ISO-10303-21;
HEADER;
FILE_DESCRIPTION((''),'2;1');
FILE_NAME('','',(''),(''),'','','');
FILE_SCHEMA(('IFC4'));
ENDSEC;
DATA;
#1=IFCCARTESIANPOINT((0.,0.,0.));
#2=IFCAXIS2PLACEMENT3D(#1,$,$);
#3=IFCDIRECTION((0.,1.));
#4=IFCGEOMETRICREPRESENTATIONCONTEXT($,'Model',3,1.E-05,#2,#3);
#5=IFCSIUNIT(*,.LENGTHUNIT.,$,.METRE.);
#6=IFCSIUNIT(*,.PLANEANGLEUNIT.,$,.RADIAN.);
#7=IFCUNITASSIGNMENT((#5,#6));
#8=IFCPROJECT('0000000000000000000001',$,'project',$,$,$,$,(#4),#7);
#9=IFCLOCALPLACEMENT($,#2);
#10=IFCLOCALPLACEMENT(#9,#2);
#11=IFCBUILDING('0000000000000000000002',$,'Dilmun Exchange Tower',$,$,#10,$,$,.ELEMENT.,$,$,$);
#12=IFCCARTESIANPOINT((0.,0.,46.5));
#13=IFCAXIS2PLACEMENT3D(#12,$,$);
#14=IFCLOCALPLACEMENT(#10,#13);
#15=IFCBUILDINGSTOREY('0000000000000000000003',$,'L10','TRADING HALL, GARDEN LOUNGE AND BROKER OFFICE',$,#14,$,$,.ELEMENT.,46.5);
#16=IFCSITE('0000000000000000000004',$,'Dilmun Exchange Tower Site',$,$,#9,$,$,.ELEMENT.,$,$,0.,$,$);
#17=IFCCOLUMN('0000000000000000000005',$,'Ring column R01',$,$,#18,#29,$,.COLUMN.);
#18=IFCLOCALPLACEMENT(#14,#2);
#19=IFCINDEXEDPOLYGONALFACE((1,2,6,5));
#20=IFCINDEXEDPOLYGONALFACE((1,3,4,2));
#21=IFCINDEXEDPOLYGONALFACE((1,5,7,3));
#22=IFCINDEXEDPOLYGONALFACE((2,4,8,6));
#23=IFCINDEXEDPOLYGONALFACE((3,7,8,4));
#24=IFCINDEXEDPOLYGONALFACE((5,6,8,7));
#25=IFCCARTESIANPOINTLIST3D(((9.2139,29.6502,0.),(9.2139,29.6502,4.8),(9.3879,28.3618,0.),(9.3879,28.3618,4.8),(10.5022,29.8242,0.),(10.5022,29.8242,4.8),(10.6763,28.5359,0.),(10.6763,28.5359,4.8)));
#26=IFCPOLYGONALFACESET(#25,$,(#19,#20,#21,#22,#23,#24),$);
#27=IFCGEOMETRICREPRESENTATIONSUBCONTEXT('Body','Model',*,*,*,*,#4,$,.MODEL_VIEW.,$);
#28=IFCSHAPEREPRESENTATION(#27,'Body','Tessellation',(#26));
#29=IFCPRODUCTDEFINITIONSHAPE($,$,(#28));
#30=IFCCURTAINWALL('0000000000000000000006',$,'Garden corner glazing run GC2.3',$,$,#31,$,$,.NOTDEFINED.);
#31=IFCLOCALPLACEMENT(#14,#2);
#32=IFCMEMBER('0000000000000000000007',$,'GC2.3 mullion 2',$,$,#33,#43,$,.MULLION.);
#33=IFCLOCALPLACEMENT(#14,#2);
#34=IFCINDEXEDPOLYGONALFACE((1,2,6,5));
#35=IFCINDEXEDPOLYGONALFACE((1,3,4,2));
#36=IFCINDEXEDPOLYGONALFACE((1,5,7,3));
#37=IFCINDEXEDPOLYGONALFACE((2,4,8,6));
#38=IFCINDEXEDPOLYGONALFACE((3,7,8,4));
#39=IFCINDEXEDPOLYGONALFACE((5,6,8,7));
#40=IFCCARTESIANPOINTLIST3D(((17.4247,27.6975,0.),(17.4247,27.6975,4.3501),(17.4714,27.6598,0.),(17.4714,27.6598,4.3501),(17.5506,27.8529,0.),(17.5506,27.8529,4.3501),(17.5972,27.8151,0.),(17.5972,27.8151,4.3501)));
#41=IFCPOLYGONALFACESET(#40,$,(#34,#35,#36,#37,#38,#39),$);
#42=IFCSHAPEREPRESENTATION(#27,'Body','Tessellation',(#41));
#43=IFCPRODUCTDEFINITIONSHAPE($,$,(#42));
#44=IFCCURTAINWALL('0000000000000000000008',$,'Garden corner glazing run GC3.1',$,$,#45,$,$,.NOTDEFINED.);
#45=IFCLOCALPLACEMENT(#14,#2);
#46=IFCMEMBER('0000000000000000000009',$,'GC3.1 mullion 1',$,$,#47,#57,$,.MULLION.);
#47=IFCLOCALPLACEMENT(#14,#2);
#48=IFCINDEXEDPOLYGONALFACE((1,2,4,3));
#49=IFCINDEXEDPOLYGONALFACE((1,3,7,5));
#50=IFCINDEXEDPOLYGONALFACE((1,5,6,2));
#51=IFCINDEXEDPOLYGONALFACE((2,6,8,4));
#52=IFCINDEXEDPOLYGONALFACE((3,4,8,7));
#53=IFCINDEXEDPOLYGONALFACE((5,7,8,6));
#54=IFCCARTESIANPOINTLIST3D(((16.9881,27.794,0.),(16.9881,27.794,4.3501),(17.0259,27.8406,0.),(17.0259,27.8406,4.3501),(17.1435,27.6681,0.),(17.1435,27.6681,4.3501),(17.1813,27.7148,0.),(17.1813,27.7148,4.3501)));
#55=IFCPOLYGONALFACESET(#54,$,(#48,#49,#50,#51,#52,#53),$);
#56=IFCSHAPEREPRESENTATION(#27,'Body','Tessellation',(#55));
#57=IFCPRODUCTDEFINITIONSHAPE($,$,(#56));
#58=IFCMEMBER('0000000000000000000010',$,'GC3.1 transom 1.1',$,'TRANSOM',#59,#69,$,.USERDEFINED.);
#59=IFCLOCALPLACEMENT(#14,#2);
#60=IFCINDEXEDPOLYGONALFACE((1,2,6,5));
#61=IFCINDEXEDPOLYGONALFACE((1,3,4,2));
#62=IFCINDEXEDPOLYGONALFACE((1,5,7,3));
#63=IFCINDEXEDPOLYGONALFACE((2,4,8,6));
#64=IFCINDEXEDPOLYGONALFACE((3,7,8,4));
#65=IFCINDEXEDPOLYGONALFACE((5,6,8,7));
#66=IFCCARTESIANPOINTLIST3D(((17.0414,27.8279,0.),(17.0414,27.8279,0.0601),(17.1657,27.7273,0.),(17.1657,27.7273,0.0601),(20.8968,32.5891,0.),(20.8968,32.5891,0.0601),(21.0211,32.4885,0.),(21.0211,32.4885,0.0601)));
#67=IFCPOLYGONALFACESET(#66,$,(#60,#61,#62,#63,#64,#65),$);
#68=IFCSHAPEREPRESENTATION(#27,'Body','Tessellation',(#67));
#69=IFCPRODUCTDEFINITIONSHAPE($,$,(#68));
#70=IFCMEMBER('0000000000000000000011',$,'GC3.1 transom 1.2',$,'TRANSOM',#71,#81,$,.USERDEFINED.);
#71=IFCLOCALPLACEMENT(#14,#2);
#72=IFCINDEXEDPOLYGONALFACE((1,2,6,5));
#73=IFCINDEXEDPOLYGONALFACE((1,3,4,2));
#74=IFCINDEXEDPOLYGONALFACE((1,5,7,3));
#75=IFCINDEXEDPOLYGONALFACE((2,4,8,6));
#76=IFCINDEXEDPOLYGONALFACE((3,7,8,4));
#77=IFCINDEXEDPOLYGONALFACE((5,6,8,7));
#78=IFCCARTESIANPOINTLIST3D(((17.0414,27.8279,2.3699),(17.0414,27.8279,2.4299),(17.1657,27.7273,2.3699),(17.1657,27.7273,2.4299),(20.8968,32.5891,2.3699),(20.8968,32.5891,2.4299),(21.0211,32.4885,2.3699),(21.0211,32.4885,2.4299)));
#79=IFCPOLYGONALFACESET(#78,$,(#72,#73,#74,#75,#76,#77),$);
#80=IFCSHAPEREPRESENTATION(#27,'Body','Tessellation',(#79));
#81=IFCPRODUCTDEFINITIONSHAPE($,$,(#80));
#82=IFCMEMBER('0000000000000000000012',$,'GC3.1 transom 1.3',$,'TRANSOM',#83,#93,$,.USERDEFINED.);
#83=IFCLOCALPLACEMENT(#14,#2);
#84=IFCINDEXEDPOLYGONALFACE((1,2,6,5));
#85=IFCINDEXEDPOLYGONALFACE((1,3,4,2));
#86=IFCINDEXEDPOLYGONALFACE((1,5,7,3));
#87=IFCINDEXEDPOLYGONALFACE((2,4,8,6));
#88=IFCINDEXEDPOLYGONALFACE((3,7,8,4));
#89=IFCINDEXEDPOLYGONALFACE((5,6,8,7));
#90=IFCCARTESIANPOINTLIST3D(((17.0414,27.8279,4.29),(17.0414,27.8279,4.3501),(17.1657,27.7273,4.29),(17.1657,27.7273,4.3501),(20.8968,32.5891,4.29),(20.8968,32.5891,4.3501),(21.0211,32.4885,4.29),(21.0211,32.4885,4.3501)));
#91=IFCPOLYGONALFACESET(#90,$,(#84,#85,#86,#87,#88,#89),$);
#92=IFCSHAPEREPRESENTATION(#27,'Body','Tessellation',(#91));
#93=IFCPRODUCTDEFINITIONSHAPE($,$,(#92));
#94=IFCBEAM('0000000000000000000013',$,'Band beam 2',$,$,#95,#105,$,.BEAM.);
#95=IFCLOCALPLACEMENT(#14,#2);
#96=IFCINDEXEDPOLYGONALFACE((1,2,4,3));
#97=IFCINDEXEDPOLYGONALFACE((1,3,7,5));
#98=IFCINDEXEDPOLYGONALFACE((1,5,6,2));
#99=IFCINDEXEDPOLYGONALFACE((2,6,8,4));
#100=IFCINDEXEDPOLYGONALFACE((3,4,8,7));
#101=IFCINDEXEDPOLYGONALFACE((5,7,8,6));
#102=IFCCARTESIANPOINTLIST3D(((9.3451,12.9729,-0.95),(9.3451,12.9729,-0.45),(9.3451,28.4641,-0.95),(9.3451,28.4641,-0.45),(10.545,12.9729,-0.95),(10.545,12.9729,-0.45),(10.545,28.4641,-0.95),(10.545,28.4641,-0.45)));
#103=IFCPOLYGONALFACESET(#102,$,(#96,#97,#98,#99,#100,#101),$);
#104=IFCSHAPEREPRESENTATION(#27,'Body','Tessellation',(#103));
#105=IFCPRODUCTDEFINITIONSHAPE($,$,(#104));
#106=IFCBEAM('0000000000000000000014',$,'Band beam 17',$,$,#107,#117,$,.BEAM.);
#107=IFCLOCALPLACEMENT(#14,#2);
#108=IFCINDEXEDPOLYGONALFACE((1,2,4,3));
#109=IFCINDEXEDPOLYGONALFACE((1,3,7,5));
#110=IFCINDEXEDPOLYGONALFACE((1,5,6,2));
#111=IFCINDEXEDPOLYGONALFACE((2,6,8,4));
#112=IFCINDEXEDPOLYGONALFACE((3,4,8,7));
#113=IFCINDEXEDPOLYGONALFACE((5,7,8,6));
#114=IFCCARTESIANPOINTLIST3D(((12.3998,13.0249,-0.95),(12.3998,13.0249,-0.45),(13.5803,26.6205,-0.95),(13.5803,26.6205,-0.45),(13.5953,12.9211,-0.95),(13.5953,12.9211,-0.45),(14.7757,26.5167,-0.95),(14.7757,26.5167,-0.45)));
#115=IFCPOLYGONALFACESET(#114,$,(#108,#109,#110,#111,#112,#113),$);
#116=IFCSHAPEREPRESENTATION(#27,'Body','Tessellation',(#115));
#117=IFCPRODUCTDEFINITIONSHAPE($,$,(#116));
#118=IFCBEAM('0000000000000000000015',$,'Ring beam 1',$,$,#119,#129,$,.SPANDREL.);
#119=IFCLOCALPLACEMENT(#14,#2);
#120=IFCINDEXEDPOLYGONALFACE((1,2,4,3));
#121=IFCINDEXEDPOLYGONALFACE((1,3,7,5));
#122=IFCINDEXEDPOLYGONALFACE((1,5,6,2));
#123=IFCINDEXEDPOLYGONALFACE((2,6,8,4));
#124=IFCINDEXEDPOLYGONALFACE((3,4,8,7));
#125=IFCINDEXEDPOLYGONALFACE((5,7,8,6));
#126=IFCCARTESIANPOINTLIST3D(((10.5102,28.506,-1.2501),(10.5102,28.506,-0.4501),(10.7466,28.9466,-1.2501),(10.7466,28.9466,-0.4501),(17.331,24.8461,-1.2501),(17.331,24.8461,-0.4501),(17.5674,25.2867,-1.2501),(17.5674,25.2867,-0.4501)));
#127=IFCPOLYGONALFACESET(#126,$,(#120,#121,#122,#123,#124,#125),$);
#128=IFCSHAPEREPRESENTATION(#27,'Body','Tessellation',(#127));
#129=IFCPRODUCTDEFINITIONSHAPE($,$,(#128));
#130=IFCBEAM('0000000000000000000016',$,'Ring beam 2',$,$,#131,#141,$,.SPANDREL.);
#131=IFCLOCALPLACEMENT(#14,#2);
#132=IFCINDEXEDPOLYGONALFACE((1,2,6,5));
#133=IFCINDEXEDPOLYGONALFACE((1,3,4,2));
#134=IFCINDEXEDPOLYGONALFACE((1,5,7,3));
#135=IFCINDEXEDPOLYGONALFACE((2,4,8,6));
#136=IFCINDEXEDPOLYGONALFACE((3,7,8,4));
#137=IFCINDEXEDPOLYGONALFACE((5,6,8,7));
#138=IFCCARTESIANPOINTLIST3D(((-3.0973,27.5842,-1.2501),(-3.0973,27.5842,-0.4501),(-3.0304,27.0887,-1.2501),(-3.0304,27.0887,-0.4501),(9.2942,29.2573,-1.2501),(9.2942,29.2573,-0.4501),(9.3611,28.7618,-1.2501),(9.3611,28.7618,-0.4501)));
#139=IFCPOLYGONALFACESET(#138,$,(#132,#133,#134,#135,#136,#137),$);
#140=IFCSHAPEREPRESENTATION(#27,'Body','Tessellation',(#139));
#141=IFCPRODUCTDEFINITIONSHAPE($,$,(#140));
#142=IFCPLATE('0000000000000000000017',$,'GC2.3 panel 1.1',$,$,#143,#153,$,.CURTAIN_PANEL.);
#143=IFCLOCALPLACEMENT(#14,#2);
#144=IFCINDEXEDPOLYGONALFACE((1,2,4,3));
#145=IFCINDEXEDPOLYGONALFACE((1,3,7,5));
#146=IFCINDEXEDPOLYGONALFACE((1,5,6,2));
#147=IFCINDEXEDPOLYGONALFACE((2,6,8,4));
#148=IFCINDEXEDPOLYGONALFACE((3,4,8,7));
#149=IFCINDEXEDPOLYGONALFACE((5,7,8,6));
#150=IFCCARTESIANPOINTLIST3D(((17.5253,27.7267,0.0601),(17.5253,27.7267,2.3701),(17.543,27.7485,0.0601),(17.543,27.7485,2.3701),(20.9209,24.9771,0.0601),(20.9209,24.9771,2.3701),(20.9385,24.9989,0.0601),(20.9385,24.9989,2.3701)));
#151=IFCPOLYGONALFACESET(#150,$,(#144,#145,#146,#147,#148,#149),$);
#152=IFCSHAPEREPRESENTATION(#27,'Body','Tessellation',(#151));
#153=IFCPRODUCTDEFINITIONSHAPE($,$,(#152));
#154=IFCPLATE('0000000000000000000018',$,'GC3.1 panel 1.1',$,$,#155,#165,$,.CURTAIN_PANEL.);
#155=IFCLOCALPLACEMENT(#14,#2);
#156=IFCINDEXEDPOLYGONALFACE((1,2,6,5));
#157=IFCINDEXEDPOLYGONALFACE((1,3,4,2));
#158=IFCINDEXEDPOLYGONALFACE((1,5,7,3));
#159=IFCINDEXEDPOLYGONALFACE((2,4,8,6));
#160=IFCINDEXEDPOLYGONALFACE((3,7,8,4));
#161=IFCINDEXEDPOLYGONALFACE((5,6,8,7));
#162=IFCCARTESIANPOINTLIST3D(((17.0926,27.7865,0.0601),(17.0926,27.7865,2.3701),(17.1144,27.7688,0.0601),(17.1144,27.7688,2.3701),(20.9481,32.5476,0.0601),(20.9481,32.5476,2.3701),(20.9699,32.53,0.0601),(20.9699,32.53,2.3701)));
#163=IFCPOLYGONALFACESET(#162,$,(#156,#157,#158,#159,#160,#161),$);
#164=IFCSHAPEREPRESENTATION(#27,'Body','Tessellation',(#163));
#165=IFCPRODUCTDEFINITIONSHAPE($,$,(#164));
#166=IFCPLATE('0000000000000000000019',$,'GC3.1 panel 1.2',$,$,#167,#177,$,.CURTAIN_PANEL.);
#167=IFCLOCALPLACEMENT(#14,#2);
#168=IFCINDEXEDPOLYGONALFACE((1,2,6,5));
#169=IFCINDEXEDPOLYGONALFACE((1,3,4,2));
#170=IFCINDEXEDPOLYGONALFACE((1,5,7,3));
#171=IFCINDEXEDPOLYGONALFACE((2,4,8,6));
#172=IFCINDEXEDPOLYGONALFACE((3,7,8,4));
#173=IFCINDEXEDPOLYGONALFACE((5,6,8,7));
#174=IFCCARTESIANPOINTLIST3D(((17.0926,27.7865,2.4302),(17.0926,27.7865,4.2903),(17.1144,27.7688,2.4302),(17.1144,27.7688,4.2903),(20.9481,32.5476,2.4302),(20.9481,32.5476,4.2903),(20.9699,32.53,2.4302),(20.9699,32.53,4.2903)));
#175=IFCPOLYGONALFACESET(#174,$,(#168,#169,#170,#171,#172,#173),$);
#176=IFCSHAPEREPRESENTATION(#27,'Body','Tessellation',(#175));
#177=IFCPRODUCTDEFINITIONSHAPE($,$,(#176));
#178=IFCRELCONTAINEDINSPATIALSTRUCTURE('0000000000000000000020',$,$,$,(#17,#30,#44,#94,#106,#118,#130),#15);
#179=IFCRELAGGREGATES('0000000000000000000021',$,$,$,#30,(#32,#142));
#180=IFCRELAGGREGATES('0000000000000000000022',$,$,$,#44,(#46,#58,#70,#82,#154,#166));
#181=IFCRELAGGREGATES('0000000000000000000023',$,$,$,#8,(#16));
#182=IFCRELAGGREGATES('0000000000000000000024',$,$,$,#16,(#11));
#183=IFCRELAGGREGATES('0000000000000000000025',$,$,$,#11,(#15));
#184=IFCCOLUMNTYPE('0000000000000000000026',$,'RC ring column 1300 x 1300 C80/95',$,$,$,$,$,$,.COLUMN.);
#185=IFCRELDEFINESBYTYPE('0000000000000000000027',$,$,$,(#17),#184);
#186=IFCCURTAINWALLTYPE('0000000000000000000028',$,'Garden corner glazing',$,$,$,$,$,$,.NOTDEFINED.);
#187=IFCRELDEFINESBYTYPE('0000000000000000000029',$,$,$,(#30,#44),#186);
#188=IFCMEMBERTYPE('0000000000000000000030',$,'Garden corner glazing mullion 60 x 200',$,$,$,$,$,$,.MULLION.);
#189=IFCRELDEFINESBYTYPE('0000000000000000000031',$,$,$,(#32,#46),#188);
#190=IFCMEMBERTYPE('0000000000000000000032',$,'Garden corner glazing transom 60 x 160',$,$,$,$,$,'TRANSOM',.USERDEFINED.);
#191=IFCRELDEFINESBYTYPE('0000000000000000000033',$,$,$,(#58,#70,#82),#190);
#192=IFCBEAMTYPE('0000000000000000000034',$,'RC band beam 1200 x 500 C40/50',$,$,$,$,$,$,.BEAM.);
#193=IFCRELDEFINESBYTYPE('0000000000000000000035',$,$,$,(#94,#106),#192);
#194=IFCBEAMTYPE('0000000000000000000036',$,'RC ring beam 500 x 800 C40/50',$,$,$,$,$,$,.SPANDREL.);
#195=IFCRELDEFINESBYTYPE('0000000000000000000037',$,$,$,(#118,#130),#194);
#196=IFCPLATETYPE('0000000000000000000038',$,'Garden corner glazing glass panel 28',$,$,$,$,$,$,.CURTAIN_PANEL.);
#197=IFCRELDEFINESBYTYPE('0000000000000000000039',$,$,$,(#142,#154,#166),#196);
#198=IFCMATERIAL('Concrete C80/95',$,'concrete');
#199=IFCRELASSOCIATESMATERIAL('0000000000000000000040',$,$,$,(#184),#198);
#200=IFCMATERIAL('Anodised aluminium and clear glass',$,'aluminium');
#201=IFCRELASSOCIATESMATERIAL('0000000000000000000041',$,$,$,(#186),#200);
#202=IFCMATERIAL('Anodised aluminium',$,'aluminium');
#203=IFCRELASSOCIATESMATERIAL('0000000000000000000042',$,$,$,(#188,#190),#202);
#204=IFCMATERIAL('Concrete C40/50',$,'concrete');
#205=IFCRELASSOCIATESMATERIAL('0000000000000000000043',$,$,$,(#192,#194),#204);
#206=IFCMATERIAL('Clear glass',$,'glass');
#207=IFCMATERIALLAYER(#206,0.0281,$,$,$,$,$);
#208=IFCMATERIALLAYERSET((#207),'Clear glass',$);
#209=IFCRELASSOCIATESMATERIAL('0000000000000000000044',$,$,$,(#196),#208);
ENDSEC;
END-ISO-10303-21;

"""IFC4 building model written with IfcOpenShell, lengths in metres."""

from ifc_helpers import new_model, si_unit, direction, frame, origin, origin_2d, place, context, subcontext, project, spatial, rectangle, extrude, material, layer, layer_set, material_profile, profile_set, type_object, element, aggregate, save


model = new_model("IFC4")

# Units and contexts
model_context = context("Model", 3, precision=1e-05, world=origin(), true_north=direction((0.0, 1.0)))
body_context = subcontext(model_context, "Body", "Model", "MODEL_VIEW")
ifc_project = project(units=[si_unit("LENGTHUNIT", "METRE"), si_unit("PLANEANGLEUNIT", "RADIAN")], contexts=[model_context])

# Site, building, storey
site_placement = place(None, origin())
site = spatial("IfcSite", under=ifc_project, at=site_placement, Name="Dilmun Exchange Tower Site", CompositionType="ELEMENT", RefElevation=0.0)
building_placement = place(site_placement, origin())
building = spatial("IfcBuilding", under=site, at=building_placement, Name="Dilmun Exchange Tower", CompositionType="ELEMENT")
storey_placement = place(building_placement, frame((0.0, 0.0, 46.5)))
storey = spatial("IfcBuildingStorey", under=building, at=storey_placement, Name="L10", Description="TRADING HALL, GARDEN LOUNGE AND BROKER OFFICE", CompositionType="ELEMENT", Elevation=46.5)

# Column
ifc_material_1 = material(Name="Concrete C80/95", Category="concrete")
ifc_material_profile_1 = material_profile(ifc_material_1, rectangle(XDim=1.3, YDim=1.3, at=origin_2d()), Name="1300 x 1300")
ifc_profile_set_1 = profile_set([ifc_material_profile_1], Name="Concrete C80/95")
column_type = type_object("IfcColumnType", Name="RC ring column 1300 x 1300 C80/95", PredefinedType="COLUMN", material=ifc_profile_set_1)
column_placement = place(storey_placement, frame((9.9451, 29.093, 0.0), z_axis=(0.0, 0.0, 1.0), x_axis=(0.991001, 0.133853, 0.0)))
element("IfcColumn", 1, at=column_placement, inside=storey, type_object=column_type, Name="Ring column R01", PredefinedType="COLUMN", context=body_context, shape_type="SweptSolid", body=[
    extrude(rectangle(XDim=1.3, YDim=1.3, at=origin_2d()), origin(), (0.0, 0.0, 1.0), 4.8),
])

# Curtain wall, member
ifc_material_2 = material(Name="Anodised aluminium and clear glass", Category="aluminium")
curtain_wall_type = type_object("IfcCurtainWallType", Name="Garden corner glazing", PredefinedType="NOTDEFINED", material=ifc_material_2)
curtain_wall_1_placement = place(storey_placement, origin())
curtain_wall_1 = element("IfcCurtainWall", 2, at=curtain_wall_1_placement, inside=storey, type_object=curtain_wall_type, Name="Garden corner glazing run GC2.3", PredefinedType="NOTDEFINED")
ifc_material_3 = material(Name="Anodised aluminium", Category="aluminium")
ifc_material_profile_2 = material_profile(ifc_material_3, rectangle(XDim=0.2, YDim=0.0601, at=origin_2d()), Name="AL 60x200")
ifc_profile_set_2 = profile_set([ifc_material_profile_2], Name="Anodised aluminium")
member_type_1 = type_object("IfcMemberType", Name="Garden corner glazing mullion 60 x 200", PredefinedType="MULLION", material=ifc_profile_set_2)
member_1_placement = place(storey_placement, frame((17.511, 27.7563, 0.0), z_axis=(0.0, 0.0, 1.0), x_axis=(-0.629308, -0.777156, 0.0)))
member_1 = element("IfcMember", 3, at=member_1_placement, type_object=member_type_1, Name="GC2.3 mullion 2", PredefinedType="MULLION", context=body_context, shape_type="SweptSolid", body=[
    extrude(rectangle(XDim=0.2, YDim=0.0601, at=origin_2d()), origin(), (0.0, 0.0, 1.0), 4.3501),
])

# Curtain wall, members
curtain_wall_2_placement = place(storey_placement, origin())
curtain_wall_2 = element("IfcCurtainWall", 4, at=curtain_wall_2_placement, inside=storey, type_object=curtain_wall_type, Name="Garden corner glazing run GC3.1", PredefinedType="NOTDEFINED")
member_2_placement = place(storey_placement, frame((17.0847, 27.7544, 0.0), z_axis=(0.0, 0.0, 1.0), x_axis=(-0.777147, 0.629319, 0.0)))
member_2 = element("IfcMember", 5, at=member_2_placement, type_object=member_type_1, Name="GC3.1 mullion 1", PredefinedType="MULLION", context=body_context, shape_type="SweptSolid", body=[
    extrude(rectangle(XDim=0.2, YDim=0.0601, at=origin_2d()), origin(), (0.0, 0.0, 1.0), 4.3501),
])
ifc_material_profile_3 = material_profile(ifc_material_3, rectangle(XDim=0.1599, YDim=0.0601, at=origin_2d()), Name="AL 60x160")
ifc_profile_set_3 = profile_set([ifc_material_profile_3], Name="Anodised aluminium")
member_type_2 = type_object("IfcMemberType", Name="Garden corner glazing transom 60 x 160", ElementType="TRANSOM", PredefinedType="USERDEFINED", material=ifc_profile_set_3)
member_3_placement = place(storey_placement, frame((17.1035, 27.7776, 0.03), z_axis=(0.629311, 0.777154, 0.0), x_axis=(-0.777154, 0.629311, 0.0)))
member_3 = element("IfcMember", 6, at=member_3_placement, type_object=member_type_2, Name="GC3.1 transom 1.1", ObjectType="TRANSOM", PredefinedType="USERDEFINED", context=body_context, shape_type="SweptSolid", body=[
    extrude(rectangle(XDim=0.1599, YDim=0.0601, at=origin_2d()), origin(), (0.0, 0.0, 1.0), 6.1265),
])
member_4_placement = place(storey_placement, frame((17.1035, 27.7776, 2.3999), z_axis=(0.629311, 0.777154, 0.0), x_axis=(-0.777154, 0.629311, 0.0)))
member_4 = element("IfcMember", 7, at=member_4_placement, type_object=member_type_2, Name="GC3.1 transom 1.2", ObjectType="TRANSOM", PredefinedType="USERDEFINED", context=body_context, shape_type="SweptSolid", body=[
    extrude(rectangle(XDim=0.1599, YDim=0.0601, at=origin_2d()), origin(), (0.0, 0.0, 1.0), 6.1265),
])
member_5_placement = place(storey_placement, frame((17.1035, 27.7776, 4.3201), z_axis=(0.629311, 0.777154, 0.0), x_axis=(-0.777154, 0.629311, 0.0)))
member_5 = element("IfcMember", 8, at=member_5_placement, type_object=member_type_2, Name="GC3.1 transom 1.3", ObjectType="TRANSOM", PredefinedType="USERDEFINED", context=body_context, shape_type="SweptSolid", body=[
    extrude(rectangle(XDim=0.1599, YDim=0.0601, at=origin_2d()), origin(), (0.0, 0.0, 1.0), 6.1265),
])

# Beams
ifc_material_4 = material(Name="Concrete C40/50", Category="concrete")
ifc_material_profile_4 = material_profile(ifc_material_4, rectangle(XDim=1.2, YDim=0.5, at=origin_2d()), Name="1200 x 500")
ifc_profile_set_4 = profile_set([ifc_material_profile_4], Name="Concrete C40/50")
beam_type_1 = type_object("IfcBeamType", Name="RC band beam 1200 x 500 C40/50", PredefinedType="BEAM", material=ifc_profile_set_4)
beam_1_placement = place(storey_placement, frame((9.9451, 28.4641, -0.7), z_axis=(0.0, -1.0, 0.0), x_axis=(1.0, 0.0, 0.0)))
element("IfcBeam", 9, at=beam_1_placement, inside=storey, type_object=beam_type_1, Name="Band beam 2", PredefinedType="BEAM", context=body_context, shape_type="SweptSolid", body=[
    extrude(rectangle(XDim=1.2, YDim=0.5, at=origin_2d()), origin(), (0.0, 0.0, 1.0), 15.4912),
])
beam_2_placement = place(storey_placement, frame((14.178, 26.5686, -0.7), z_axis=(-0.086499, -0.996252, 0.0), x_axis=(0.996252, -0.086499, 0.0)))
element("IfcBeam", 10, at=beam_2_placement, inside=storey, type_object=beam_type_1, Name="Band beam 17", PredefinedType="BEAM", context=body_context, shape_type="SweptSolid", body=[
    extrude(rectangle(XDim=1.2, YDim=0.5, at=origin_2d()), origin(), (0.0, 0.0, 1.0), 13.6467),
])
ifc_material_profile_5 = material_profile(ifc_material_4, rectangle(XDim=0.5, YDim=0.8, at=origin_2d()), Name="500 x 800")
ifc_profile_set_5 = profile_set([ifc_material_profile_5], Name="Concrete C40/50")
beam_type_2 = type_object("IfcBeamType", Name="RC ring beam 500 x 800 C40/50", PredefinedType="SPANDREL", material=ifc_profile_set_5)
beam_3_placement = place(storey_placement, frame((17.4492, 25.0664, -0.8501), z_axis=(-0.881162, 0.472815, 0.0), x_axis=(-0.472815, -0.881162, 0.0)))
element("IfcBeam", 11, at=beam_3_placement, inside=storey, type_object=beam_type_2, Name="Ring beam 1", PredefinedType="SPANDREL", context=body_context, shape_type="SweptSolid", body=[
    extrude(rectangle(XDim=0.5, YDim=0.8, at=origin_2d()), origin(), (0.0, 0.0, 1.0), 7.7407),
])
beam_4_placement = place(storey_placement, frame((9.3276, 29.0095, -0.8501), z_axis=(-0.991007, -0.133807, 0.0), x_axis=(0.133807, -0.991007, 0.0)))
element("IfcBeam", 12, at=beam_4_placement, inside=storey, type_object=beam_type_2, Name="Ring beam 2", PredefinedType="SPANDREL", context=body_context, shape_type="SweptSolid", body=[
    extrude(rectangle(XDim=0.5, YDim=0.8, at=origin_2d()), origin(), (0.0, 0.0, 1.0), 12.5039),
])

# Plates
ifc_material_5 = material(Name="Clear glass", Category="glass")
ifc_layer = layer(ifc_material_5, 0.0281)
ifc_layer_set = layer_set([ifc_layer], Name="Clear glass")
plate_type = type_object("IfcPlateType", Name="Garden corner glazing glass panel 28", PredefinedType="CURTAIN_PANEL", material=ifc_layer_set)
plate_1_placement = place(storey_placement, frame((19.2319, 26.3628, 0.0601), z_axis=(0.0, 0.0, 1.0), x_axis=(-0.777156, 0.629308, 0.0)))
plate_1 = element("IfcPlate", 13, at=plate_1_placement, type_object=plate_type, Name="GC2.3 panel 1.1", PredefinedType="CURTAIN_PANEL", context=body_context, shape_type="SweptSolid", body=[
    extrude(rectangle(XDim=4.3691, YDim=0.0281, at=origin_2d()), origin(), (0.0, 0.0, 1.0), 2.3101),
])
aggregate(curtain_wall_1, [member_1, plate_1])
plate_2_placement = place(storey_placement, frame((19.0312, 30.1582, 0.0601), z_axis=(0.0, 0.0, 1.0), x_axis=(0.629319, 0.777147, 0.0)))
plate_2 = element("IfcPlate", 14, at=plate_2_placement, type_object=plate_type, Name="GC3.1 panel 1.1", PredefinedType="CURTAIN_PANEL", context=body_context, shape_type="SweptSolid", body=[
    extrude(rectangle(XDim=6.1265, YDim=0.0281, at=origin_2d()), origin(), (0.0, 0.0, 1.0), 2.3101),
])
plate_3_placement = place(storey_placement, frame((19.0312, 30.1582, 2.4302), z_axis=(0.0, 0.0, 1.0), x_axis=(0.629319, 0.777147, 0.0)))
plate_3 = element("IfcPlate", 15, at=plate_3_placement, type_object=plate_type, Name="GC3.1 panel 1.2", PredefinedType="CURTAIN_PANEL", context=body_context, shape_type="SweptSolid", body=[
    extrude(rectangle(XDim=6.1265, YDim=0.0281, at=origin_2d()), origin(), (0.0, 0.0, 1.0), 1.8601),
])
aggregate(curtain_wall_2, [member_2, member_3, member_4, member_5, plate_2, plate_3])

save(model, "model.ifc")
